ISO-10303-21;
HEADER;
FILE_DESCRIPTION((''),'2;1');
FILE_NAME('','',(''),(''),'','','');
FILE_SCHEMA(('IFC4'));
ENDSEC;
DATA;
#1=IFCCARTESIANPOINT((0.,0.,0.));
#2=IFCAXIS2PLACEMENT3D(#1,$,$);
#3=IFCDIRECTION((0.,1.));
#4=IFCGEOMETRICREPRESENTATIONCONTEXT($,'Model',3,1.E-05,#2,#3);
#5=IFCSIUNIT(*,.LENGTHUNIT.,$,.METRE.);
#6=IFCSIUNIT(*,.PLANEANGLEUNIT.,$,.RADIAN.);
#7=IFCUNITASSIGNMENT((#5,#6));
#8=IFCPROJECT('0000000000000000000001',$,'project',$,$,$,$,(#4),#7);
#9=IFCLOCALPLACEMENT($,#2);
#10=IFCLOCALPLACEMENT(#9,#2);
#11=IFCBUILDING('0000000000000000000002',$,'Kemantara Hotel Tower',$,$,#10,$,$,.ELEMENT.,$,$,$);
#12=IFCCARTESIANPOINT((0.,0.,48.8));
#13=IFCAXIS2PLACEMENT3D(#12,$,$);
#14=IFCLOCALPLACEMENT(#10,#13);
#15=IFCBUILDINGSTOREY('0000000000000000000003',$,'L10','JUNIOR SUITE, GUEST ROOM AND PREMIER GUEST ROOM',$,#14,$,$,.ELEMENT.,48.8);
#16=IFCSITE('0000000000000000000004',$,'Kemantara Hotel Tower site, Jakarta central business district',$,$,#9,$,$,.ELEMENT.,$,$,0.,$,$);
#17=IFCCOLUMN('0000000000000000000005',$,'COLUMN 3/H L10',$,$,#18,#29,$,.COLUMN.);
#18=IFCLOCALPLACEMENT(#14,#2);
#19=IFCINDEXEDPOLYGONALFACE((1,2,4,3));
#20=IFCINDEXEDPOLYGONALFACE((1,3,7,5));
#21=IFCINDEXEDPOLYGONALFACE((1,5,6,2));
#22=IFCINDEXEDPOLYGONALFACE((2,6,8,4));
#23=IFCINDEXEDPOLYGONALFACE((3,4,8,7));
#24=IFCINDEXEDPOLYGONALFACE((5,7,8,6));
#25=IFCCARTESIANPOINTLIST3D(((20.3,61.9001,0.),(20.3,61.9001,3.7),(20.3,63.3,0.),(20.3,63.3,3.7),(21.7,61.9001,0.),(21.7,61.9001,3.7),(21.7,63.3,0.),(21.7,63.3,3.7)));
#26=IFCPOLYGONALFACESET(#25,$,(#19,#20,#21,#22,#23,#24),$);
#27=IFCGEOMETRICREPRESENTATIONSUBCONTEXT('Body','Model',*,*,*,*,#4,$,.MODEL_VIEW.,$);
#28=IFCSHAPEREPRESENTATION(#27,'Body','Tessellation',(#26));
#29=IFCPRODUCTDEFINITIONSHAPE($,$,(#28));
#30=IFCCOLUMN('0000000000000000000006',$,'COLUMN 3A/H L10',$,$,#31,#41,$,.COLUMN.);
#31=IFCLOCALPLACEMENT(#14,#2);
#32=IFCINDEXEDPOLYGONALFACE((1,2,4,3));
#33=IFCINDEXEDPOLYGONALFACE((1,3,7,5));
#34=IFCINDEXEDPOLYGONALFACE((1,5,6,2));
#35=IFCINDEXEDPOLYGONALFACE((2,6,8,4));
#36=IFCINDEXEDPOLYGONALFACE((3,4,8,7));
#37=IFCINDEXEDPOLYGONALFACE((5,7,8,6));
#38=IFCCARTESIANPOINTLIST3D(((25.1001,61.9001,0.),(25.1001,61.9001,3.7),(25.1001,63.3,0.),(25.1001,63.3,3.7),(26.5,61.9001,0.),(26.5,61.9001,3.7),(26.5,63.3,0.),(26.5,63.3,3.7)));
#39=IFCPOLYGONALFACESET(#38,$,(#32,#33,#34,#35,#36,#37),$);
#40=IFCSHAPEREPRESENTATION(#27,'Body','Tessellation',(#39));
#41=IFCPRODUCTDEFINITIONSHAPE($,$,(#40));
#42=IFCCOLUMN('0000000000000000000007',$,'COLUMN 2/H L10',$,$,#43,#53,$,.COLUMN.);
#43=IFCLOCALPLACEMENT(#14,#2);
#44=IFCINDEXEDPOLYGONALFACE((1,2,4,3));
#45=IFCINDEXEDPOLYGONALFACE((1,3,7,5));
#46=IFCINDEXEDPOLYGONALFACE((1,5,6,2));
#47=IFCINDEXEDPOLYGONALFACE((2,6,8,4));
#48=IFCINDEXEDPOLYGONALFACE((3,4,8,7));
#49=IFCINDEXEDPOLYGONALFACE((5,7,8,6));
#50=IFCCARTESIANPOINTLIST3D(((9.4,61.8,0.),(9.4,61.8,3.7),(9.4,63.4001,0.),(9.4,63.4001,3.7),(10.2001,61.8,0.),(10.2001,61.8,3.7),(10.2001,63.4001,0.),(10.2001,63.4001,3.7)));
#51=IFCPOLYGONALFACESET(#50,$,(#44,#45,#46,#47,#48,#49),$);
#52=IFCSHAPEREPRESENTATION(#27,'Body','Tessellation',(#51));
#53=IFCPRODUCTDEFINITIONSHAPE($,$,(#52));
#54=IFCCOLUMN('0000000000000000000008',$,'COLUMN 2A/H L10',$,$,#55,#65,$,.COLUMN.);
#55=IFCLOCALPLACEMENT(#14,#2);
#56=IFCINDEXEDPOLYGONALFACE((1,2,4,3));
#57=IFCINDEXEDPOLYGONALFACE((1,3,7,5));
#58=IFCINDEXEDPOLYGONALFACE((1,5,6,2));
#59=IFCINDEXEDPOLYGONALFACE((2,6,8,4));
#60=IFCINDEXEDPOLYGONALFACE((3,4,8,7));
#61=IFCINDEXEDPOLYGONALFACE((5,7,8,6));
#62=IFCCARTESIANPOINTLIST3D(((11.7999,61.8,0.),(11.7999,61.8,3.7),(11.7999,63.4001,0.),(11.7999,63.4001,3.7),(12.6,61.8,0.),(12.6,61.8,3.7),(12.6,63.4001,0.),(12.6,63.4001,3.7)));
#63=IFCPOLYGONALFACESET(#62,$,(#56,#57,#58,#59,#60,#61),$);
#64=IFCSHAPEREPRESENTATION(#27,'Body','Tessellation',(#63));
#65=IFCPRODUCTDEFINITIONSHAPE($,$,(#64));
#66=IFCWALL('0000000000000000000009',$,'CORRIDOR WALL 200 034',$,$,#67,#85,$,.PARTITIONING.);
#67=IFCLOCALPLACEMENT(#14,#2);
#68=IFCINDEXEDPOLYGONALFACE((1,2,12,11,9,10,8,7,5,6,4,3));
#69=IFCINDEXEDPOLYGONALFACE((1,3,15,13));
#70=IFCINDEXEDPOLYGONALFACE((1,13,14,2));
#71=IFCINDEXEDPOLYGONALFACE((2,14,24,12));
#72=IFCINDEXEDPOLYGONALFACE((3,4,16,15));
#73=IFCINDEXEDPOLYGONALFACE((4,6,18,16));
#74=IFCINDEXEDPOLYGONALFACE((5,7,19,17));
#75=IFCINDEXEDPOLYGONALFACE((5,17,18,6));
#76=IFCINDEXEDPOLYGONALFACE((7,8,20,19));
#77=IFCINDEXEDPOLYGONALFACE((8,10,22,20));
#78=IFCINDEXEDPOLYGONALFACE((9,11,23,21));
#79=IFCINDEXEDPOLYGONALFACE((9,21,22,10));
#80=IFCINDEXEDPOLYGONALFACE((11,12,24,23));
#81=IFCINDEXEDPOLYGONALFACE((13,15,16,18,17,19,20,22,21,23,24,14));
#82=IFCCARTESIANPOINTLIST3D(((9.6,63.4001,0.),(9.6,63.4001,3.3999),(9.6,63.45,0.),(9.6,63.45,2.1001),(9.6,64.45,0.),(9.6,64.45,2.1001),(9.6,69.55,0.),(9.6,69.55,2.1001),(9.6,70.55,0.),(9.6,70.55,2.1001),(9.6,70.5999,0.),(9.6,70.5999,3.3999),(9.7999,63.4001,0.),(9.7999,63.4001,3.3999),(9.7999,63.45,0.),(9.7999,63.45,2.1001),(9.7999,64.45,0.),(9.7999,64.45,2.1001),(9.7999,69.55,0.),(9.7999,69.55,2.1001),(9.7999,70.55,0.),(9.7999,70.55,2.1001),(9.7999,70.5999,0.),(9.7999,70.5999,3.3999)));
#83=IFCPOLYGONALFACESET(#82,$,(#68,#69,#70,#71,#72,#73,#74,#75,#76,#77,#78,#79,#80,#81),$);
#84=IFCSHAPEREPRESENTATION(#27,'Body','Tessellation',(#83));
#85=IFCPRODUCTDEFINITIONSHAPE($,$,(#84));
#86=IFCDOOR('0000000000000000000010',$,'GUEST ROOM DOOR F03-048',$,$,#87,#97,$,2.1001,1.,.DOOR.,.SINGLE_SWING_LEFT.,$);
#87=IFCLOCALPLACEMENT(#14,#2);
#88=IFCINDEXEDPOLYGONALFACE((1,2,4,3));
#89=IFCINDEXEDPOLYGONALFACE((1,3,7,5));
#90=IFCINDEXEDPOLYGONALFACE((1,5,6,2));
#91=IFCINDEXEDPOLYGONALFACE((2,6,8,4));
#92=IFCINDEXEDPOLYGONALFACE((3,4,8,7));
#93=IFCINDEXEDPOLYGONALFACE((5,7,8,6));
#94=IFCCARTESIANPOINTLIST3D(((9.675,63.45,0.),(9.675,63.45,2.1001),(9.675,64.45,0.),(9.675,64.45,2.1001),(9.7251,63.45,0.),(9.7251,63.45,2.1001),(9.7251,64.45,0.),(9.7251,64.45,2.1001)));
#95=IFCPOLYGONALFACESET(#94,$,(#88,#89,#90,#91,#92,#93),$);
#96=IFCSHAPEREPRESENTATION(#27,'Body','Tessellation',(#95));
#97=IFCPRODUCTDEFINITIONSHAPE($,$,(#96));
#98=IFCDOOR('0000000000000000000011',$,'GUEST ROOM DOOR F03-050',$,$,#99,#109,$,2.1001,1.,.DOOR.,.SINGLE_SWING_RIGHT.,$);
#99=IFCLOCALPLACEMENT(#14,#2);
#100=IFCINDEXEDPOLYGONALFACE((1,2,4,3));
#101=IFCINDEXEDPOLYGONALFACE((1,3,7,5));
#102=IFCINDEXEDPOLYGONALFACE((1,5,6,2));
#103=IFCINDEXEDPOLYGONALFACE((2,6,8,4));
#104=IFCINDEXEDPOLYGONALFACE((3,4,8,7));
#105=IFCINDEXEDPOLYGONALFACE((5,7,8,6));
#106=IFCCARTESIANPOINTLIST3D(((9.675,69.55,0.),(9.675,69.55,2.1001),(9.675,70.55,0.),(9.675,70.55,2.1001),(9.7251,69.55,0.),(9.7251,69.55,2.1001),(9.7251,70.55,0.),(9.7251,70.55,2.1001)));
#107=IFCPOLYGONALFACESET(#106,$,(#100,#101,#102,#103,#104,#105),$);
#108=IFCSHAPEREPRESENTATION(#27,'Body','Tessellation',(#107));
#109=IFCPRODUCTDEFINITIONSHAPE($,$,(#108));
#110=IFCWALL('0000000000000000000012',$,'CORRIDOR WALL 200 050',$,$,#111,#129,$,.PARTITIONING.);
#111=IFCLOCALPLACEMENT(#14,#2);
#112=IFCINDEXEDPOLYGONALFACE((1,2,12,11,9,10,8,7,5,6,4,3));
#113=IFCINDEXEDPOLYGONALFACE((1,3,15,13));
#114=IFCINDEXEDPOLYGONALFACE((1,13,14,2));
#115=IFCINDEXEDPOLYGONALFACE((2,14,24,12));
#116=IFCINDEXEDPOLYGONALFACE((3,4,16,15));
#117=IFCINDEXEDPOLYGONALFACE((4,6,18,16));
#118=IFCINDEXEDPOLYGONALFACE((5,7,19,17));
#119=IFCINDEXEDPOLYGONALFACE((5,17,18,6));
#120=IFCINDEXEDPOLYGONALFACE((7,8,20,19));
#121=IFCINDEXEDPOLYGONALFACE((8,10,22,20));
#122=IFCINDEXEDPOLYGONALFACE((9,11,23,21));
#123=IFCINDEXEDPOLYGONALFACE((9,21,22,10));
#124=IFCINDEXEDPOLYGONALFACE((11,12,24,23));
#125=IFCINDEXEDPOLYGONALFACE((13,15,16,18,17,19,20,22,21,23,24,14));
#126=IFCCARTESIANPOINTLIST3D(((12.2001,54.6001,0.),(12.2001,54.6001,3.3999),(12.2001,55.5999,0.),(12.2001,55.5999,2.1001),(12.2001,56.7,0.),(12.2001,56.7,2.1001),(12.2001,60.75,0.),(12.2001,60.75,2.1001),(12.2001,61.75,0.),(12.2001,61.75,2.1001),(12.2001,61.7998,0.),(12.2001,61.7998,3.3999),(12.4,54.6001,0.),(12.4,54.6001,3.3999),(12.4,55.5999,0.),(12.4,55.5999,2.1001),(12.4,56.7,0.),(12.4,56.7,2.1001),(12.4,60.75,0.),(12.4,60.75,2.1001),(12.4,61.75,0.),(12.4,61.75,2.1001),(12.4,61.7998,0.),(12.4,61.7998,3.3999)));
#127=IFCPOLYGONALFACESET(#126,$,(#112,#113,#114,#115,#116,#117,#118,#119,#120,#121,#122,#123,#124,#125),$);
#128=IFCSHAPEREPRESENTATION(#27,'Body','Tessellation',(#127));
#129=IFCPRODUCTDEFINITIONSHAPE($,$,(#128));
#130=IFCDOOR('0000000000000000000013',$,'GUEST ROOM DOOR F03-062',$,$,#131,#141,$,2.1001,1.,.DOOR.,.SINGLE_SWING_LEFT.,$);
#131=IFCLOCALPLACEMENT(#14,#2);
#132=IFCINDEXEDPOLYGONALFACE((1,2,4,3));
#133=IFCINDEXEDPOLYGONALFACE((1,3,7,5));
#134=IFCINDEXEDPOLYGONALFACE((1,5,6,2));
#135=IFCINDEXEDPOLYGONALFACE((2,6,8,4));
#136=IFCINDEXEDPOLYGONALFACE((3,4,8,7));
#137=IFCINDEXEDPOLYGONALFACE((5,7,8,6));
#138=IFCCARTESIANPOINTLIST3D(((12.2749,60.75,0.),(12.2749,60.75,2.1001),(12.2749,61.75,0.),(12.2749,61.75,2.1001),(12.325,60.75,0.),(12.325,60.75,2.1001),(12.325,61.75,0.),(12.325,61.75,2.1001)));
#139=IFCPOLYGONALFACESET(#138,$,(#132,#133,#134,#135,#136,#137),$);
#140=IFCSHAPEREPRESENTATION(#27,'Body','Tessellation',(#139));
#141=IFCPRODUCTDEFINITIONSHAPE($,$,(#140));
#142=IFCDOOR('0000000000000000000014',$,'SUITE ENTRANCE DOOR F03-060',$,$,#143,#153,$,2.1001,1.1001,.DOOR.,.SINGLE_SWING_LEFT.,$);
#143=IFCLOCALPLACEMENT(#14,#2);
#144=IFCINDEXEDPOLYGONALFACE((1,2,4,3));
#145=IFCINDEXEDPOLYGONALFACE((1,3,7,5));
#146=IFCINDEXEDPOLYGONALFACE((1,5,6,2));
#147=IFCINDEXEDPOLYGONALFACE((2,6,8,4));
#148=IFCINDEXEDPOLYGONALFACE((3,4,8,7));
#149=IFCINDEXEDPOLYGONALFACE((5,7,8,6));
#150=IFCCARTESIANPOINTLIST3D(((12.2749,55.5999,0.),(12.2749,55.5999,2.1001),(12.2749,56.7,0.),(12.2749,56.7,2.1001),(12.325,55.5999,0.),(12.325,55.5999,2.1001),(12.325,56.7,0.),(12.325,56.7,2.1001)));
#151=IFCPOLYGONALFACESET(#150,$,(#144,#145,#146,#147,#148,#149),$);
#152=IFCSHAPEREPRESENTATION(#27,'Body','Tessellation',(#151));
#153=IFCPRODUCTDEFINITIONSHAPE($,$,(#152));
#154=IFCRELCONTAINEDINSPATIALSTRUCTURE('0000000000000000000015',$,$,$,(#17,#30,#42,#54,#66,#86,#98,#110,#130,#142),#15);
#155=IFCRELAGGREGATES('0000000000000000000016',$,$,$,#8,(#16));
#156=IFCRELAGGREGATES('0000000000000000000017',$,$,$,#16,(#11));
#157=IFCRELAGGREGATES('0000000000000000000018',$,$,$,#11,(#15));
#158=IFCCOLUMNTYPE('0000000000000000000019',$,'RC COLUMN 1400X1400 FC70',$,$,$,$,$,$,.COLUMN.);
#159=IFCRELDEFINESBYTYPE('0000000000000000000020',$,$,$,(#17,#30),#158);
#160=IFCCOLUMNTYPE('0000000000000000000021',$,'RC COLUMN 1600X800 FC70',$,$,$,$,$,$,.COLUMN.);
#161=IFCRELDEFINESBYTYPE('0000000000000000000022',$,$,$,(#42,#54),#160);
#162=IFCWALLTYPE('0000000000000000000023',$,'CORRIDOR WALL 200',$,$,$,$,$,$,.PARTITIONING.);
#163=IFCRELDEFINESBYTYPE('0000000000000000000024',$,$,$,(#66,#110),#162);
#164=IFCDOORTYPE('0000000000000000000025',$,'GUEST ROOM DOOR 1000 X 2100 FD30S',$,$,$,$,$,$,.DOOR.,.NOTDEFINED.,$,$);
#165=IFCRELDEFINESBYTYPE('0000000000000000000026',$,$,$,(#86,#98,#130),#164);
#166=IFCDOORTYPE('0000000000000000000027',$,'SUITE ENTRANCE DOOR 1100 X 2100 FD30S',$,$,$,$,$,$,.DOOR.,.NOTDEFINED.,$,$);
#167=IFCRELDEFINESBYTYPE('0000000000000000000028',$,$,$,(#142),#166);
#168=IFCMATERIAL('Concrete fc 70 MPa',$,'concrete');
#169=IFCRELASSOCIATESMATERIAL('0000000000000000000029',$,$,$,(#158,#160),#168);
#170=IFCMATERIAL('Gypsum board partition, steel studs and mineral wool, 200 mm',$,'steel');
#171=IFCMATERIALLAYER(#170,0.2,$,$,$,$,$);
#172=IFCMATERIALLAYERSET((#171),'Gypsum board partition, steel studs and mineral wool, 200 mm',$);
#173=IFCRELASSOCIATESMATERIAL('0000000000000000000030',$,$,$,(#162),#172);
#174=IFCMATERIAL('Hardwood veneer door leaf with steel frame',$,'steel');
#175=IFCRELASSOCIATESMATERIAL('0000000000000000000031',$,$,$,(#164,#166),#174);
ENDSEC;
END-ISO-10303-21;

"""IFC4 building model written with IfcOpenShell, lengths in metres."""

from ifc_helpers import new_model, si_unit, direction, frame, frame_2d, origin, origin_2d, place, context, subcontext, project, spatial, rectangle, extrude, material, layer, layer_set, material_profile, profile_set, type_object, element, fill, save


model = new_model("IFC4")

# Units and contexts
model_context = context("Model", 3, precision=1e-05, world=origin(), true_north=direction((0.0, 1.0)))
body_context = subcontext(model_context, "Body", "Model", "MODEL_VIEW")
ifc_project = project(units=[si_unit("LENGTHUNIT", "METRE"), si_unit("PLANEANGLEUNIT", "RADIAN")], contexts=[model_context])

# Site, building, storey
site_placement = place(None, origin())
site = spatial("IfcSite", under=ifc_project, at=site_placement, Name="Kemantara Hotel Tower site, Jakarta central business district", CompositionType="ELEMENT", RefElevation=0.0)
building_placement = place(site_placement, origin())
building = spatial("IfcBuilding", under=site, at=building_placement, Name="Kemantara Hotel Tower", CompositionType="ELEMENT")
storey_placement = place(building_placement, frame((0.0, 0.0, 48.8)))
storey = spatial("IfcBuildingStorey", under=building, at=storey_placement, Name="L10", Description="JUNIOR SUITE, GUEST ROOM AND PREMIER GUEST ROOM", CompositionType="ELEMENT", Elevation=48.8)

# Columns
ifc_material_1 = material(Name="Concrete fc 70 MPa", Category="concrete")
ifc_material_profile_1 = material_profile(ifc_material_1, rectangle(XDim=1.3999, YDim=1.3999, at=origin_2d()), Name="RC 1400X1400")
ifc_profile_set_1 = profile_set([ifc_material_profile_1], Name="Concrete fc 70 MPa")
column_type_1 = type_object("IfcColumnType", Name="RC COLUMN 1400X1400 FC70", PredefinedType="COLUMN", material=ifc_profile_set_1)
for number, where, z_axis, x_axis, name in (
    (1, (21.0, 62.6001, 0.0), (0.0, 0.0, 1.0), (1.0, 0.0, 0.0), "COLUMN 3/H L10"),
    (2, (25.8, 62.6001, 0.0), (0.0, 0.0, 1.0), (1.0, 0.0, 0.0), "COLUMN 3A/H L10"),
):
    element("IfcColumn", number, at=place(storey_placement, frame(where, z_axis=z_axis, x_axis=x_axis)), inside=storey, type_object=column_type_1, Name=name, PredefinedType="COLUMN", context=body_context, shape_type="SweptSolid", body=[
        extrude(rectangle(XDim=1.3999, YDim=1.3999, at=origin_2d()), origin(), (0.0, 0.0, 1.0), 3.7),
    ])
ifc_material_profile_2 = material_profile(ifc_material_1, rectangle(XDim=1.6001, YDim=0.8, at=origin_2d()), Name="RC 1600X800")
ifc_profile_set_2 = profile_set([ifc_material_profile_2], Name="Concrete fc 70 MPa")
column_type_2 = type_object("IfcColumnType", Name="RC COLUMN 1600X800 FC70", PredefinedType="COLUMN", material=ifc_profile_set_2)
for number, where, z_axis, x_axis, name in (
    (3, (9.8, 62.6001, 0.0), (0.0, 0.0, 1.0), (0.0, 1.0, 0.0), "COLUMN 2/H L10"),
    (4, (12.2, 62.6001, 0.0), (0.0, 0.0, 1.0), (0.0, 1.0, 0.0), "COLUMN 2A/H L10"),
):
    element("IfcColumn", number, at=place(storey_placement, frame(where, z_axis=z_axis, x_axis=x_axis)), inside=storey, type_object=column_type_2, Name=name, PredefinedType="COLUMN", context=body_context, shape_type="SweptSolid", body=[
        extrude(rectangle(XDim=1.6001, YDim=0.8, at=origin_2d()), origin(), (0.0, 0.0, 1.0), 3.7),
    ])

# Walls, openings, doors
ifc_material_2 = material(Name="Gypsum board partition, steel studs and mineral wool, 200 mm", Category="steel")
ifc_layer_1 = layer(ifc_material_2, 0.2)
ifc_layer_set_1 = layer_set([ifc_layer_1], Name="Gypsum board partition, steel studs and mineral wool, 200 mm")
wall_type_1 = type_object("IfcWallType", Name="CORRIDOR WALL 200", PredefinedType="PARTITIONING", material=ifc_layer_set_1)
wall_1_placement = place(storey_placement, frame((9.7, 63.4001, 0.0), z_axis=(0.0, 0.0, 1.0), x_axis=(0.0, 1.0, 0.0)))
wall_1 = element("IfcWall", 5, at=wall_1_placement, inside=storey, type_object=wall_type_1, Name="CORRIDOR WALL 200 034", PredefinedType="PARTITIONING", context=body_context, shape_type="SweptSolid", body=[
    extrude(rectangle(XDim=7.1997, YDim=0.2, at=frame_2d((3.5999, 0.0))), origin(), (0.0, 0.0, 1.0), 3.3999),
])
opening_1_placement = place(wall_1_placement, frame((0.0498, 0.0, 0.0)))
opening_1 = element("IfcOpeningElement", 6, at=opening_1_placement, cuts=wall_1, PredefinedType="OPENING", context=body_context, shape_type="SweptSolid", body=[
    extrude(rectangle(XDim=1.0, YDim=2.1001, at=frame_2d((0.5, 1.05))), frame((0.0, 0.1099, 0.0), z_axis=(0.0, -1.0, 0.0), x_axis=(1.0, 0.0, 0.0)), (0.0, 0.0, 1.0), 0.22),
])
opening_2_placement = place(wall_1_placement, frame((6.1499, 0.0, 0.0)))
opening_2 = element("IfcOpeningElement", 7, at=opening_2_placement, cuts=wall_1, PredefinedType="OPENING", context=body_context, shape_type="SweptSolid", body=[
    extrude(rectangle(XDim=1.0, YDim=2.1001, at=frame_2d((0.5, 1.05))), frame((0.0, 0.1099, 0.0), z_axis=(0.0, -1.0, 0.0), x_axis=(1.0, 0.0, 0.0)), (0.0, 0.0, 1.0), 0.22),
])
ifc_material_3 = material(Name="Hardwood veneer door leaf with steel frame", Category="steel")
door_type_1 = type_object("IfcDoorType", Name="GUEST ROOM DOOR 1000 X 2100 FD30S", OperationType="NOTDEFINED", PredefinedType="DOOR", material=ifc_material_3)
door_1_placement = place(opening_1_placement, origin())
door_1 = element("IfcDoor", 8, at=door_1_placement, inside=storey, type_object=door_type_1, Name="GUEST ROOM DOOR F03-048", OperationType="SINGLE_SWING_LEFT", OverallHeight=2.1001, OverallWidth=1.0, PredefinedType="DOOR", context=body_context, shape_type="SweptSolid", body=[
    extrude(rectangle(XDim=1.0, YDim=2.1001, at=frame_2d((0.5, 1.05))), frame((0.0, 0.0249, 0.0), z_axis=(0.0, -1.0, 0.0), x_axis=(1.0, 0.0, 0.0)), (0.0, 0.0, 1.0), 0.05),
])
fill(opening_1, door_1)
door_2_placement = place(opening_2_placement, origin())
door_2 = element("IfcDoor", 9, at=door_2_placement, inside=storey, type_object=door_type_1, Name="GUEST ROOM DOOR F03-050", OperationType="SINGLE_SWING_RIGHT", OverallHeight=2.1001, OverallWidth=1.0, PredefinedType="DOOR", context=body_context, shape_type="SweptSolid", body=[
    extrude(rectangle(XDim=1.0, YDim=2.1001, at=frame_2d((0.5, 1.05))), frame((0.0, 0.0249, 0.0), z_axis=(0.0, -1.0, 0.0), x_axis=(1.0, 0.0, 0.0)), (0.0, 0.0, 1.0), 0.05),
])
fill(opening_2, door_2)
wall_2_placement = place(storey_placement, frame((12.3, 61.7998, 0.0), z_axis=(0.0, 0.0, 1.0), x_axis=(0.0, -1.0, 0.0)))
wall_2 = element("IfcWall", 10, at=wall_2_placement, inside=storey, type_object=wall_type_1, Name="CORRIDOR WALL 200 050", PredefinedType="PARTITIONING", context=body_context, shape_type="SweptSolid", body=[
    extrude(rectangle(XDim=7.1997, YDim=0.2, at=frame_2d((3.5999, 0.0))), origin(), (0.0, 0.0, 1.0), 3.3999),
])
opening_3_placement = place(wall_2_placement, frame((5.0999, 0.0, 0.0)))
opening_3 = element("IfcOpeningElement", 11, at=opening_3_placement, cuts=wall_2, PredefinedType="OPENING", context=body_context, shape_type="SweptSolid", body=[
    extrude(rectangle(XDim=1.1001, YDim=2.1001, at=frame_2d((0.55, 1.05))), frame((0.0, 0.1099, 0.0), z_axis=(0.0, -1.0, 0.0), x_axis=(1.0, 0.0, 0.0)), (0.0, 0.0, 1.0), 0.22),
])
opening_4_placement = place(wall_2_placement, frame((0.0498, 0.0, 0.0)))
opening_4 = element("IfcOpeningElement", 12, at=opening_4_placement, cuts=wall_2, PredefinedType="OPENING", context=body_context, shape_type="SweptSolid", body=[
    extrude(rectangle(XDim=1.0, YDim=2.1001, at=frame_2d((0.5, 1.05))), frame((0.0, 0.1099, 0.0), z_axis=(0.0, -1.0, 0.0), x_axis=(1.0, 0.0, 0.0)), (0.0, 0.0, 1.0), 0.22),
])
door_3_placement = place(opening_4_placement, origin())
door_3 = element("IfcDoor", 13, at=door_3_placement, inside=storey, type_object=door_type_1, Name="GUEST ROOM DOOR F03-062", OperationType="SINGLE_SWING_LEFT", OverallHeight=2.1001, OverallWidth=1.0, PredefinedType="DOOR", context=body_context, shape_type="SweptSolid", body=[
    extrude(rectangle(XDim=1.0, YDim=2.1001, at=frame_2d((0.5, 1.05))), frame((0.0, 0.0249, 0.0), z_axis=(0.0, -1.0, 0.0), x_axis=(1.0, 0.0, 0.0)), (0.0, 0.0, 1.0), 0.05),
])
fill(opening_4, door_3)
door_type_2 = type_object("IfcDoorType", Name="SUITE ENTRANCE DOOR 1100 X 2100 FD30S", OperationType="NOTDEFINED", PredefinedType="DOOR", material=ifc_material_3)
door_4_placement = place(opening_3_placement, origin())
door_4 = element("IfcDoor", 14, at=door_4_placement, inside=storey, type_object=door_type_2, Name="SUITE ENTRANCE DOOR F03-060", OperationType="SINGLE_SWING_LEFT", OverallHeight=2.1001, OverallWidth=1.1001, PredefinedType="DOOR", context=body_context, shape_type="SweptSolid", body=[
    extrude(rectangle(XDim=1.1001, YDim=2.1001, at=frame_2d((0.55, 1.05))), frame((0.0, 0.0249, 0.0), z_axis=(0.0, -1.0, 0.0), x_axis=(1.0, 0.0, 0.0)), (0.0, 0.0, 1.0), 0.05),
])
fill(opening_3, door_4)

save(model, "model.ifc")
